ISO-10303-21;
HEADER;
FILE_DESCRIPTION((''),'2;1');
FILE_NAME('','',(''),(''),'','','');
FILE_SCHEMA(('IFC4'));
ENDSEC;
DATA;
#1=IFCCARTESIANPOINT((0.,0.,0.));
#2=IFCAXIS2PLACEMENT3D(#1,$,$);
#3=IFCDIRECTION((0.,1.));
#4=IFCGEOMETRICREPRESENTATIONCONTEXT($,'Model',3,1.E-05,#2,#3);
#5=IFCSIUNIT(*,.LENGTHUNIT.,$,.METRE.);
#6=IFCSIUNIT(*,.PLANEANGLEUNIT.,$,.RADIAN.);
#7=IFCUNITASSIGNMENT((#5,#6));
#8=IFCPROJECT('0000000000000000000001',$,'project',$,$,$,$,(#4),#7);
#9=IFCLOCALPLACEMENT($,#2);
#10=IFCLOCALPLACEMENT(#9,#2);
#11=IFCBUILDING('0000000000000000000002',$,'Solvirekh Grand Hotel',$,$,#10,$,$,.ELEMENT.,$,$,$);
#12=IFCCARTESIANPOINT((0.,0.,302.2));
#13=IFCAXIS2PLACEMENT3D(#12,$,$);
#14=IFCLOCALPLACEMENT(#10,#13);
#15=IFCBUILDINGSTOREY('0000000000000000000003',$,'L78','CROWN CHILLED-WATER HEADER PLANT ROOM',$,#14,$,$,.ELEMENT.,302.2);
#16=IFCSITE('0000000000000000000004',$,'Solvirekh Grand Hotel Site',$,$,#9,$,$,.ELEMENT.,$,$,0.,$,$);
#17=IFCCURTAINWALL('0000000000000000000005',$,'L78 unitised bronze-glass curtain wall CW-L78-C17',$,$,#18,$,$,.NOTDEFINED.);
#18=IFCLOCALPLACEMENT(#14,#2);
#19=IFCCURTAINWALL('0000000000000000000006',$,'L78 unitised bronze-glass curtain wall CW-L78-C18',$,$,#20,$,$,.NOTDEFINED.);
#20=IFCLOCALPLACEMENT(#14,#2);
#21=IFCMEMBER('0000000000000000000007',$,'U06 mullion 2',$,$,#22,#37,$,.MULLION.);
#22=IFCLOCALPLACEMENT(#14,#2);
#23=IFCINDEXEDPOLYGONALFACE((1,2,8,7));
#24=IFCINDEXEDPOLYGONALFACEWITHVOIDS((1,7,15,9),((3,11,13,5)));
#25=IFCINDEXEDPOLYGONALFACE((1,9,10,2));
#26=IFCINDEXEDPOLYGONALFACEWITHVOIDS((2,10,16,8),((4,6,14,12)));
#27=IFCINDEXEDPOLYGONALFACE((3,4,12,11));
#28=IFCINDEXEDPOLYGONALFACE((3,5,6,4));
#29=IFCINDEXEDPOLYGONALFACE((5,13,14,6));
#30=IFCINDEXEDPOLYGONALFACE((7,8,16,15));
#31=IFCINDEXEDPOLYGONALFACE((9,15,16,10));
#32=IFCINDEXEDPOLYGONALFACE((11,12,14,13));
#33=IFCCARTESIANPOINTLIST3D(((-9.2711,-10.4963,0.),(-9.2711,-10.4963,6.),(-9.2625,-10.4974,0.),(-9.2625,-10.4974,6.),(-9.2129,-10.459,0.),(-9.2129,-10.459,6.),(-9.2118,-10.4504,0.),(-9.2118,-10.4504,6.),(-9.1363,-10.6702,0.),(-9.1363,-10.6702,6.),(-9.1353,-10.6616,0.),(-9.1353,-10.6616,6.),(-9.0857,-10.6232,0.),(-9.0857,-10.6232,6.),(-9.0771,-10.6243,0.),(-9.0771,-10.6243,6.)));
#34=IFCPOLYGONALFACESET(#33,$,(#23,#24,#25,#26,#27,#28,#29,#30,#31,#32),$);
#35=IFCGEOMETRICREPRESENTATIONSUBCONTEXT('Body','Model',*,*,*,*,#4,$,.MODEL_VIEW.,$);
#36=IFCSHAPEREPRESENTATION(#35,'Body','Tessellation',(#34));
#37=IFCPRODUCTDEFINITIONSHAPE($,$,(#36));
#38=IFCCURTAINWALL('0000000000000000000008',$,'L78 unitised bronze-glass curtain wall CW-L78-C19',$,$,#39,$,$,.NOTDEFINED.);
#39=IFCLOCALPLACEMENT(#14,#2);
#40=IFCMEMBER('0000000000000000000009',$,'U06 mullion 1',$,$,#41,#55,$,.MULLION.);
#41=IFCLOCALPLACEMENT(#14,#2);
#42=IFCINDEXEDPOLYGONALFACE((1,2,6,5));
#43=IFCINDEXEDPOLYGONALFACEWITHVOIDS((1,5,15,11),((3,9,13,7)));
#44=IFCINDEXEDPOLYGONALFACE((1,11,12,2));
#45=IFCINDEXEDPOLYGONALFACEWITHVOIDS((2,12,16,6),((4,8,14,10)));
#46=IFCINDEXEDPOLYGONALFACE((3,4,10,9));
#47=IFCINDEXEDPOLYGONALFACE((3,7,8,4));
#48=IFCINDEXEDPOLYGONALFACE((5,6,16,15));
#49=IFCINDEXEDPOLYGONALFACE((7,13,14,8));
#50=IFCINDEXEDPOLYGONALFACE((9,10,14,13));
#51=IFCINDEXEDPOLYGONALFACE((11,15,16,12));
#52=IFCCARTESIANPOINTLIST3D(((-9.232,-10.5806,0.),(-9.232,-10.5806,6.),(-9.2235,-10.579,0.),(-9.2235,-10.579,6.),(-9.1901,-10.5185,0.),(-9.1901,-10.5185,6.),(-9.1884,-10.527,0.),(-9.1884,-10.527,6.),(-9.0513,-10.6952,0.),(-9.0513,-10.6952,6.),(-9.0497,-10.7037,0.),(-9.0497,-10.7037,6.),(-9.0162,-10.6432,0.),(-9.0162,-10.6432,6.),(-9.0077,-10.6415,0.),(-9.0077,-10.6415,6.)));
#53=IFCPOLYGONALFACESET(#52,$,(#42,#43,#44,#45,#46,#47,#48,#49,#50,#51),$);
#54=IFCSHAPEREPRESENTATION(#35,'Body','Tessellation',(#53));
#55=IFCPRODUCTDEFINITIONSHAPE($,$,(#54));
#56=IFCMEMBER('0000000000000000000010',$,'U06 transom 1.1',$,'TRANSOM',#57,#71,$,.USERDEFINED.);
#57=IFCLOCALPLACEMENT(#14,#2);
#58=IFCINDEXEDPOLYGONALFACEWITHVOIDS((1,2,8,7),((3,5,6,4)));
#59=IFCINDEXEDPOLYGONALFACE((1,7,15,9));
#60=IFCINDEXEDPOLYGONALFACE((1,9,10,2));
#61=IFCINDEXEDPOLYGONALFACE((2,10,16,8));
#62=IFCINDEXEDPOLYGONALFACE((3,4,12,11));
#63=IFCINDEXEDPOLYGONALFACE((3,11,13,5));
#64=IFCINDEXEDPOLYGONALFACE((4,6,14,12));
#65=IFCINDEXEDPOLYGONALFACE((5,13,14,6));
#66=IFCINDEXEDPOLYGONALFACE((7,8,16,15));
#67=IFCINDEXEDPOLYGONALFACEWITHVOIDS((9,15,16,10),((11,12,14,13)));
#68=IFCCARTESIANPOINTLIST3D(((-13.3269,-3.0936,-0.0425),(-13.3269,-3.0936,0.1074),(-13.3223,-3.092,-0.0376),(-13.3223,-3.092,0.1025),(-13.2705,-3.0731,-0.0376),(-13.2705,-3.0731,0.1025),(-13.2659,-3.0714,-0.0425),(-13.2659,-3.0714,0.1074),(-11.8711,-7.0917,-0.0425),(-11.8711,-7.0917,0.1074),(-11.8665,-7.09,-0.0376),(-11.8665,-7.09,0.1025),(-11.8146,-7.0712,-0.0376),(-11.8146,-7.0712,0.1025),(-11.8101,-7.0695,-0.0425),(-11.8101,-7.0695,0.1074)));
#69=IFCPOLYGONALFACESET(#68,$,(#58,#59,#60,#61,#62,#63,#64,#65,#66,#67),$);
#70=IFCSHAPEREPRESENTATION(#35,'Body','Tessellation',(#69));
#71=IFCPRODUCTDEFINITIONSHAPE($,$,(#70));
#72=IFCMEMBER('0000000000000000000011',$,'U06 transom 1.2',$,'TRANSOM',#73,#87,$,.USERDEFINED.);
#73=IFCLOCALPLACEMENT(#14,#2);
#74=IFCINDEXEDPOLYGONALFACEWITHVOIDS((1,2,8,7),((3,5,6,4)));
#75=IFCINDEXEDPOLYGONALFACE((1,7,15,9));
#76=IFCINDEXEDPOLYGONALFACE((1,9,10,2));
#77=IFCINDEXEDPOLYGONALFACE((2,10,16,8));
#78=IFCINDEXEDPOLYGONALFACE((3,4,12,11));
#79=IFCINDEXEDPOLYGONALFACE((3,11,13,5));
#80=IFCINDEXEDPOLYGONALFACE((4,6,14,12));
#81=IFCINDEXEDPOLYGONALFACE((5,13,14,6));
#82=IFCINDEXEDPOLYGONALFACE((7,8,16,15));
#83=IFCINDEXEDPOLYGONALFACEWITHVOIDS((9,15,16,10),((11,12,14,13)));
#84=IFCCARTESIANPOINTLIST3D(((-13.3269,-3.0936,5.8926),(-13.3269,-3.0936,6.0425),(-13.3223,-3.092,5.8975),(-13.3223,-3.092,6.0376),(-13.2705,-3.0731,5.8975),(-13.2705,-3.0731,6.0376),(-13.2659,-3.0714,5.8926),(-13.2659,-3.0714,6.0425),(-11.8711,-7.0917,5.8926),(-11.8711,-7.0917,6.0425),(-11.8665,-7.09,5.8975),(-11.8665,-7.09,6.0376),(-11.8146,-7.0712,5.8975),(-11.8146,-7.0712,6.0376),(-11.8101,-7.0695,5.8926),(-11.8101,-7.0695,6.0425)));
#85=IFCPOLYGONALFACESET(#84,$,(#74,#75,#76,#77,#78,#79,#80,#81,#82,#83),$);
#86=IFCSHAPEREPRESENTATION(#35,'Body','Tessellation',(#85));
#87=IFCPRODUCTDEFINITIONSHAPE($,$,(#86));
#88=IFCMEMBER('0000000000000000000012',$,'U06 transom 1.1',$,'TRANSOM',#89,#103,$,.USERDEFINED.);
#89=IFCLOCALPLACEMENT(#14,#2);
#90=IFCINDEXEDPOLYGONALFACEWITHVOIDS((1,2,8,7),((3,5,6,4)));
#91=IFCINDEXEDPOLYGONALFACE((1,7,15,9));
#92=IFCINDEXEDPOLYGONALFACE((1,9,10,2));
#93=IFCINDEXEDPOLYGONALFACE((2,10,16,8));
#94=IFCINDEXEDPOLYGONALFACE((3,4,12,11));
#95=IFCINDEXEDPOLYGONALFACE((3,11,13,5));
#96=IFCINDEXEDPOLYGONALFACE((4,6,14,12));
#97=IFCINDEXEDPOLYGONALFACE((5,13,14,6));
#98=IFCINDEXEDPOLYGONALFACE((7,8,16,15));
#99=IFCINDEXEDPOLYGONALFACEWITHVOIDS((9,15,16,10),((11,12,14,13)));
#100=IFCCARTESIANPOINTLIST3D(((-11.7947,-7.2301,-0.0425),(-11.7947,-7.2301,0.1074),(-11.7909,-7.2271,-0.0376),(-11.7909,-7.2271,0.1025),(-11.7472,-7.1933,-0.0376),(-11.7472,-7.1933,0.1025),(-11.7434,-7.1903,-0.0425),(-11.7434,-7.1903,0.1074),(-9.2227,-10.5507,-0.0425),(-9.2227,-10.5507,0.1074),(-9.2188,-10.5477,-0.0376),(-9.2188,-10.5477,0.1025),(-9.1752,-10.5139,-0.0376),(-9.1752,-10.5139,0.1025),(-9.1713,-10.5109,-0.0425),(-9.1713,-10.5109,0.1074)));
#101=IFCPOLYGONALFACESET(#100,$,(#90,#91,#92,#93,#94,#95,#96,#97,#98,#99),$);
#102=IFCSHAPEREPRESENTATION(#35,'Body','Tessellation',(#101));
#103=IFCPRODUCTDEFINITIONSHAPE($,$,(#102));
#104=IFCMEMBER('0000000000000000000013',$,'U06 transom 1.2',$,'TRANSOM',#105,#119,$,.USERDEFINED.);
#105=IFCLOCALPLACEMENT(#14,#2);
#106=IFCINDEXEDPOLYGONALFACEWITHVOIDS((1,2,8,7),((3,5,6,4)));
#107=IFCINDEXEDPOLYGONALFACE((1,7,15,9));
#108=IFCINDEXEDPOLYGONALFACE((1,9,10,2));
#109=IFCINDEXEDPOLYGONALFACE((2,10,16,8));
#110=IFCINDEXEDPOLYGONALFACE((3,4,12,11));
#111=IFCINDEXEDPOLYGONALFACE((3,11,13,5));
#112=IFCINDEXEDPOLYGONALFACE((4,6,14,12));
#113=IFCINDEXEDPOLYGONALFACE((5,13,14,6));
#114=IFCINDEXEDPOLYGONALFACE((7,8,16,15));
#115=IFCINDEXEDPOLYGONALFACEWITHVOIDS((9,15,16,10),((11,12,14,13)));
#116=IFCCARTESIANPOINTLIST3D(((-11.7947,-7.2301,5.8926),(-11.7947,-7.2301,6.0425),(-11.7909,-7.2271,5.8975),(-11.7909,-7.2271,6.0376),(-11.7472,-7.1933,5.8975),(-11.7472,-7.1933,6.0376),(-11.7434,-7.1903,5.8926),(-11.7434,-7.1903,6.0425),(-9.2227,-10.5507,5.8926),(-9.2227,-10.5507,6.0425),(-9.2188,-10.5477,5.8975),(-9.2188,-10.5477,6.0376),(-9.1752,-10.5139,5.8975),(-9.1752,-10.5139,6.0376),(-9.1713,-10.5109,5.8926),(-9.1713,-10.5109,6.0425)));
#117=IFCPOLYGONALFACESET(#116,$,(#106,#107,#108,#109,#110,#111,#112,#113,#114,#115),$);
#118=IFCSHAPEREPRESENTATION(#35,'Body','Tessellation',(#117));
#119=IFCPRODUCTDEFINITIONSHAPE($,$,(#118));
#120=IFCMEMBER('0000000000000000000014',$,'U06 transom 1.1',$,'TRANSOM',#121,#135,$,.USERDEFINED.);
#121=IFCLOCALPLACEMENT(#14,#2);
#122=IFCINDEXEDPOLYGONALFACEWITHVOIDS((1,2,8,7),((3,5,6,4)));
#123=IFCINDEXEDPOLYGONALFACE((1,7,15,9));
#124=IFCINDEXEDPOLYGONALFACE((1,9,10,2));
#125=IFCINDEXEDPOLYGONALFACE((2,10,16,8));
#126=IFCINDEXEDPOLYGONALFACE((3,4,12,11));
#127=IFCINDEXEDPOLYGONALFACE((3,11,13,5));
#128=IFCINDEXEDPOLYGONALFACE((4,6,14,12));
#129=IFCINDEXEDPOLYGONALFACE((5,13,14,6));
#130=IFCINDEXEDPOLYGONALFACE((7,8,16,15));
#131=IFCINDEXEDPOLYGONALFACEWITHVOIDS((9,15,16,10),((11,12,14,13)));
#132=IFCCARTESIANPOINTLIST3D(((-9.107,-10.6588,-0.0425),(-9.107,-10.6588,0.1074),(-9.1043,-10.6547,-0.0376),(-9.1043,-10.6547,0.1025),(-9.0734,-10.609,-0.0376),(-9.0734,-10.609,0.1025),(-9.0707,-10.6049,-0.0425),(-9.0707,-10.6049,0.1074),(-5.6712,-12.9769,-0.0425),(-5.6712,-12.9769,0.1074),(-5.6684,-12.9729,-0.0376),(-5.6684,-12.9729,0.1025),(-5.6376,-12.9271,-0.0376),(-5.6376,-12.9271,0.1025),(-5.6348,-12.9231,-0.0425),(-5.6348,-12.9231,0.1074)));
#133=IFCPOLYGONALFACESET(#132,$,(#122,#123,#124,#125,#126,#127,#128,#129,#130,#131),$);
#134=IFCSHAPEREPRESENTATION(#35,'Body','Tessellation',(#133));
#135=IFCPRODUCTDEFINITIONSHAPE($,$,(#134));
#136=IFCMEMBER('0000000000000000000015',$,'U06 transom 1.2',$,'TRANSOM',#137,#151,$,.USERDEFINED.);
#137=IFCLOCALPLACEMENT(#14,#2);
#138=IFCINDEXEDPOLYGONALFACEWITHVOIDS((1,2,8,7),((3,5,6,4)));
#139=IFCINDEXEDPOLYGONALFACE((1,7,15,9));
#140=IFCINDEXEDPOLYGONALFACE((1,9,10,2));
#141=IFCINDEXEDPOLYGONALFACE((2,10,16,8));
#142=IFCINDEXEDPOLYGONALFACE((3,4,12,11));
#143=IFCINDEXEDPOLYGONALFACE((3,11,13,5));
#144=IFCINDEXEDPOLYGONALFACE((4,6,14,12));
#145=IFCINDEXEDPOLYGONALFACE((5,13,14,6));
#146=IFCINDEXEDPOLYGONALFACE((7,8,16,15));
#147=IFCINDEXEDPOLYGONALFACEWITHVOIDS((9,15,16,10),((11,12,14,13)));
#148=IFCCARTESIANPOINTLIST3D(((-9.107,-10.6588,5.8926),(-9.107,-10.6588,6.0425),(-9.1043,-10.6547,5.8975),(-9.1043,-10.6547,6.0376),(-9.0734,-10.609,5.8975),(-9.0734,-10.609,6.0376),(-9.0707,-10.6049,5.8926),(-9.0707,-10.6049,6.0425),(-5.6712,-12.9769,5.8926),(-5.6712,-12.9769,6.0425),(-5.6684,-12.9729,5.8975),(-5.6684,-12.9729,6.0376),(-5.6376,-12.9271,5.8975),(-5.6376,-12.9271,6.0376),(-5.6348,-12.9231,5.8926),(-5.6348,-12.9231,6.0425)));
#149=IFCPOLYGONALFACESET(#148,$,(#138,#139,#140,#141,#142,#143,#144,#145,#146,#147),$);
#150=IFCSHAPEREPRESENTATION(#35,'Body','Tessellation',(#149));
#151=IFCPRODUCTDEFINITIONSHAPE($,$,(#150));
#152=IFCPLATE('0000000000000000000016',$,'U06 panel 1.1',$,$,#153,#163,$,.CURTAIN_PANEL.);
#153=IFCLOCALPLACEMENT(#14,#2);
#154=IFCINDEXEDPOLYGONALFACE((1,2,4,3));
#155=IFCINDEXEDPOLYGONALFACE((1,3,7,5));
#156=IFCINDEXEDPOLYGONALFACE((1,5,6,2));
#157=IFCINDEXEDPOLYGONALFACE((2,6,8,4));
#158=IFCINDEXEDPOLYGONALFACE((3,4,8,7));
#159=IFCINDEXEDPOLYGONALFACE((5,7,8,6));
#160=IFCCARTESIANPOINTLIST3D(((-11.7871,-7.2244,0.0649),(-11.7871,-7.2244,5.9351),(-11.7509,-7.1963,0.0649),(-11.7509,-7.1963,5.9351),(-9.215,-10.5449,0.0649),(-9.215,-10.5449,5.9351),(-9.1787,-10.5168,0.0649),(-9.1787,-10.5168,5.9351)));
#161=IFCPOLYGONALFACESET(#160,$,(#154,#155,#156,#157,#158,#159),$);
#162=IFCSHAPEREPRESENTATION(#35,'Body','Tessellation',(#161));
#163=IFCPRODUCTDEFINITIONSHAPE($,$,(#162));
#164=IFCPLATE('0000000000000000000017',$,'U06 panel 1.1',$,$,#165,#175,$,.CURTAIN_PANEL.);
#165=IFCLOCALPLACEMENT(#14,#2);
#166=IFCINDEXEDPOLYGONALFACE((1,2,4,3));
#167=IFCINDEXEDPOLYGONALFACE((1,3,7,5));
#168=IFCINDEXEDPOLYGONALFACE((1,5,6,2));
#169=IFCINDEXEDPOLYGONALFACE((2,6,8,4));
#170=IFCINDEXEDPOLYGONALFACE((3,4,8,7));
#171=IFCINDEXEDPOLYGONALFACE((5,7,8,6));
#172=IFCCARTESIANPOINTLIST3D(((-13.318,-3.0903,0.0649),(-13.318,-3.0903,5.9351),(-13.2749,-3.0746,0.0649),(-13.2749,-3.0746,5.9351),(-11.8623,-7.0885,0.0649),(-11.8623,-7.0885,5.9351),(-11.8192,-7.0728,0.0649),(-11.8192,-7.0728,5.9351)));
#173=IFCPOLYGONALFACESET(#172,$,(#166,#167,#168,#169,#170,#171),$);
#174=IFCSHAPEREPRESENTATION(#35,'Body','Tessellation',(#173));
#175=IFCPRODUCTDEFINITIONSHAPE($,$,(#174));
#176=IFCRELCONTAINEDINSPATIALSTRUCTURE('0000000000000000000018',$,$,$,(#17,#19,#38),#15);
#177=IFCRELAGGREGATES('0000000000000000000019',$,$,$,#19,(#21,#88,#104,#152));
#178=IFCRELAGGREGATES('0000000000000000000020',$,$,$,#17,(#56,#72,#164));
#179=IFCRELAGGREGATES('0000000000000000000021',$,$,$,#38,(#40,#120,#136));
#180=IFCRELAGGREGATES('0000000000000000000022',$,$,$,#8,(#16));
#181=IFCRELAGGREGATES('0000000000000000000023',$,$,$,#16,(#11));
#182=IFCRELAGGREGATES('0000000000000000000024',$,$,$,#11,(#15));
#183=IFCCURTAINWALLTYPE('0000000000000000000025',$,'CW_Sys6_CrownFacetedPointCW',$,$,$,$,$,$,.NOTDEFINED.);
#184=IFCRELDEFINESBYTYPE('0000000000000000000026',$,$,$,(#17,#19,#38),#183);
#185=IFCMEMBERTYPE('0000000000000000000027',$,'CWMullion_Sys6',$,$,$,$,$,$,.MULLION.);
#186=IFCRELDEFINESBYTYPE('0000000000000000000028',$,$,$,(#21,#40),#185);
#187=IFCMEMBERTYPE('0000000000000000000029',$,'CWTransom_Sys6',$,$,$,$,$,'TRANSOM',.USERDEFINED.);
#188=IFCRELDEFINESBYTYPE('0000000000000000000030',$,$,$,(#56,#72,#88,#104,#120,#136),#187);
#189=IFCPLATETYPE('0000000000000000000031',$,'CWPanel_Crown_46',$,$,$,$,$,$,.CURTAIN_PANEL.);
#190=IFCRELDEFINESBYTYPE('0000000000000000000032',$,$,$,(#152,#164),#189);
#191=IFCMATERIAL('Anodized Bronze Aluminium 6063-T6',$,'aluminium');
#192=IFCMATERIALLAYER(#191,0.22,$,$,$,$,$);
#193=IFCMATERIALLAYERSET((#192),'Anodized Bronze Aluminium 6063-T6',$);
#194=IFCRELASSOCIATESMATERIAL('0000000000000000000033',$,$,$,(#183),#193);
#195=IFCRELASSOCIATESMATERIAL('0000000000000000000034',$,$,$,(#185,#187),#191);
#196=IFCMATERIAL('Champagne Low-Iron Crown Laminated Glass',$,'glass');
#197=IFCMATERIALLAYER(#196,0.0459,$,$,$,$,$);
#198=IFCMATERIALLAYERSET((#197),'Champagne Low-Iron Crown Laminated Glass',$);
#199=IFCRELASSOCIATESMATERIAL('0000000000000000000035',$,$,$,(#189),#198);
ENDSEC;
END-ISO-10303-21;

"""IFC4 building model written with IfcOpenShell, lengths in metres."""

from ifc_helpers import new_model, si_unit, direction, frame, origin, origin_2d, place, context, subcontext, project, spatial, rectangle, hollow_rectangle, extrude, source, transform, mapped, material, layer, layer_set, material_profile, profile_set, type_object, element, aggregate, save


model = new_model("IFC4")

# Units and contexts
model_context = context("Model", 3, precision=1e-05, world=origin(), true_north=direction((0.0, 1.0)))
body_context = subcontext(model_context, "Body", "Model", "MODEL_VIEW")
ifc_project = project(units=[si_unit("LENGTHUNIT", "METRE"), si_unit("PLANEANGLEUNIT", "RADIAN")], contexts=[model_context])

# Site, building, storey
site_placement = place(None, origin())
site = spatial("IfcSite", under=ifc_project, at=site_placement, Name="Solvirekh Grand Hotel Site", CompositionType="ELEMENT", RefElevation=0.0)
building_placement = place(site_placement, origin())
building = spatial("IfcBuilding", under=site, at=building_placement, Name="Solvirekh Grand Hotel", CompositionType="ELEMENT")
storey_placement = place(building_placement, frame((0.0, 0.0, 302.2)))
storey = spatial("IfcBuildingStorey", under=building, at=storey_placement, Name="L78", Description="CROWN CHILLED-WATER HEADER PLANT ROOM", CompositionType="ELEMENT", Elevation=302.2)

# Shared definitions
ifc_material_1 = material(Name="Anodized Bronze Aluminium 6063-T6", Category="aluminium")
ifc_layer_1 = layer(ifc_material_1, 0.22)
ifc_layer_set_1 = layer_set([ifc_layer_1], Name="Anodized Bronze Aluminium 6063-T6")
curtain_wall_type = type_object("IfcCurtainWallType", Name="CW_Sys6_CrownFacetedPointCW", PredefinedType="NOTDEFINED", material=ifc_layer_set_1)
ifc_material_profile_1 = material_profile(ifc_material_1, hollow_rectangle(XDim=0.075, YDim=0.22, WallThickness=0.0061, at=origin_2d()), Name="ALU RHS 220X75X6")
ifc_profile_set_1 = profile_set([ifc_material_profile_1], Name="Anodized Bronze Aluminium 6063-T6")
member_type_1 = type_object("IfcMemberType", Name="CWMullion_Sys6", PredefinedType="MULLION", material=ifc_profile_set_1)
shared_shape_1 = source(origin(), body_context, "Body", "SweptSolid", [
    extrude(hollow_rectangle(XDim=0.075, YDim=0.22, WallThickness=0.0061, at=origin_2d()), origin(), (0.0, 0.0, 1.0), 6.0),
])

# Curtain walls, member
curtain_wall_1_placement = place(storey_placement, origin())
curtain_wall_1 = element("IfcCurtainWall", 1, at=curtain_wall_1_placement, inside=storey, type_object=curtain_wall_type, Name="L78 unitised bronze-glass curtain wall CW-L78-C17", PredefinedType="NOTDEFINED")
curtain_wall_2_placement = place(storey_placement, origin())
curtain_wall_2 = element("IfcCurtainWall", 2, at=curtain_wall_2_placement, inside=storey, type_object=curtain_wall_type, Name="L78 unitised bronze-glass curtain wall CW-L78-C18", PredefinedType="NOTDEFINED")
member_1_placement = place(storey_placement, frame((-9.1741, -10.5603, 0.0), z_axis=(0.0, 0.0, 1.0), x_axis=(0.790551, 0.612396, 0.0)))
member_1 = element("IfcMember", 3, at=member_1_placement, type_object=member_type_1, Name="U06 mullion 2", PredefinedType="MULLION", context=body_context, shape_type="MappedRepresentation", body=[
    mapped(shared_shape_1, transform((0.0, 0.0, 0.0), x_axis=(1.0, 0.0, 0.0), y_axis=(0.0, 1.0, 0.0), z_axis=(0.0, 0.0, 1.0), scale=1.0)),
])

# Curtain wall, member
curtain_wall_3_placement = place(storey_placement, origin())
curtain_wall_3 = element("IfcCurtainWall", 4, at=curtain_wall_3_placement, inside=storey, type_object=curtain_wall_type, Name="L78 unitised bronze-glass curtain wall CW-L78-C19", PredefinedType="NOTDEFINED")
member_2_placement = place(storey_placement, frame((-9.1199, -10.6111, 0.0), z_axis=(0.0, 0.0, 1.0), x_axis=(0.559313, 0.828957, 0.0)))
member_2 = element("IfcMember", 5, at=member_2_placement, type_object=member_type_1, Name="U06 mullion 1", PredefinedType="MULLION", context=body_context, shape_type="MappedRepresentation", body=[
    mapped(shared_shape_1, transform((0.0, 0.0, 0.0), x_axis=(1.0, 0.0, 0.0), y_axis=(0.0, 1.0, 0.0), z_axis=(0.0, 0.0, 1.0), scale=1.0)),
])

# Members
ifc_material_profile_2 = material_profile(ifc_material_1, hollow_rectangle(XDim=0.0649, YDim=0.1499, WallThickness=0.0049, at=origin_2d()), Name="ALU RHS 150X65X5")
ifc_profile_set_2 = profile_set([ifc_material_profile_2], Name="Anodized Bronze Aluminium 6063-T6")
member_type_2 = type_object("IfcMemberType", Name="CWTransom_Sys6", ElementType="TRANSOM", PredefinedType="USERDEFINED", material=ifc_profile_set_2)
shared_shape_2 = source(origin(), body_context, "Body", "SweptSolid", [
    extrude(hollow_rectangle(XDim=0.0649, YDim=0.1499, WallThickness=0.0049, at=origin_2d()), origin(), (0.0, 0.0, 1.0), 4.2549),
])
member_3_placement = place(storey_placement, frame((-13.2964, -3.0825, 0.0325), z_axis=(0.342153, -0.939644, 0.0), x_axis=(0.939644, 0.342153, 0.0)))
member_3 = element("IfcMember", 6, at=member_3_placement, type_object=member_type_2, Name="U06 transom 1.1", ObjectType="TRANSOM", PredefinedType="USERDEFINED", context=body_context, shape_type="MappedRepresentation", body=[
    mapped(shared_shape_2, transform((0.0, 0.0, 0.0), x_axis=(1.0, 0.0, 0.0), y_axis=(0.0, 1.0, 0.0), z_axis=(0.0, 0.0, 1.0), scale=1.0)),
])
member_4_placement = place(storey_placement, frame((-13.2964, -3.0825, 5.9675), z_axis=(0.342153, -0.939644, 0.0), x_axis=(0.939644, 0.342153, 0.0)))
member_4 = element("IfcMember", 7, at=member_4_placement, type_object=member_type_2, Name="U06 transom 1.2", ObjectType="TRANSOM", PredefinedType="USERDEFINED", context=body_context, shape_type="MappedRepresentation", body=[
    mapped(shared_shape_2, transform((0.0, 0.0, 0.0), x_axis=(1.0, 0.0, 0.0), y_axis=(0.0, 1.0, 0.0), z_axis=(0.0, 0.0, 1.0), scale=1.0)),
])
shared_shape_3 = source(origin(), body_context, "Body", "SweptSolid", [
    extrude(hollow_rectangle(XDim=0.0649, YDim=0.1499, WallThickness=0.0049, at=origin_2d()), origin(), (0.0, 0.0, 1.0), 4.2002),
])
member_5_placement = place(storey_placement, frame((-11.769, -7.2102, 0.0325), z_axis=(0.612362, -0.790578, 0.0), x_axis=(0.790578, 0.612362, 0.0)))
member_5 = element("IfcMember", 8, at=member_5_placement, type_object=member_type_2, Name="U06 transom 1.1", ObjectType="TRANSOM", PredefinedType="USERDEFINED", context=body_context, shape_type="MappedRepresentation", body=[
    mapped(shared_shape_3, transform((0.0, 0.0, 0.0), x_axis=(1.0, 0.0, 0.0), y_axis=(0.0, 1.0, 0.0), z_axis=(0.0, 0.0, 1.0), scale=1.0)),
])
member_6_placement = place(storey_placement, frame((-11.769, -7.2102, 5.9675), z_axis=(0.612362, -0.790578, 0.0), x_axis=(0.790578, 0.612362, 0.0)))
member_6 = element("IfcMember", 9, at=member_6_placement, type_object=member_type_2, Name="U06 transom 1.2", ObjectType="TRANSOM", PredefinedType="USERDEFINED", context=body_context, shape_type="MappedRepresentation", body=[
    mapped(shared_shape_3, transform((0.0, 0.0, 0.0), x_axis=(1.0, 0.0, 0.0), y_axis=(0.0, 1.0, 0.0), z_axis=(0.0, 0.0, 1.0), scale=1.0)),
])
shared_shape_4 = source(origin(), body_context, "Body", "SweptSolid", [
    extrude(hollow_rectangle(XDim=0.0649, YDim=0.1499, WallThickness=0.0049, at=origin_2d()), origin(), (0.0, 0.0, 1.0), 4.1448),
])
member_7_placement = place(storey_placement, frame((-9.0889, -10.6318, 0.0325), z_axis=(0.828965, -0.5593, 0.0), x_axis=(0.5593, 0.828965, 0.0)))
member_7 = element("IfcMember", 10, at=member_7_placement, type_object=member_type_2, Name="U06 transom 1.1", ObjectType="TRANSOM", PredefinedType="USERDEFINED", context=body_context, shape_type="MappedRepresentation", body=[
    mapped(shared_shape_4, transform((0.0, 0.0, 0.0), x_axis=(1.0, 0.0, 0.0), y_axis=(0.0, 1.0, 0.0), z_axis=(0.0, 0.0, 1.0), scale=1.0)),
])
member_8_placement = place(storey_placement, frame((-9.0889, -10.6318, 5.9675), z_axis=(0.828965, -0.5593, 0.0), x_axis=(0.5593, 0.828965, 0.0)))
member_8 = element("IfcMember", 11, at=member_8_placement, type_object=member_type_2, Name="U06 transom 1.2", ObjectType="TRANSOM", PredefinedType="USERDEFINED", context=body_context, shape_type="MappedRepresentation", body=[
    mapped(shared_shape_4, transform((0.0, 0.0, 0.0), x_axis=(1.0, 0.0, 0.0), y_axis=(0.0, 1.0, 0.0), z_axis=(0.0, 0.0, 1.0), scale=1.0)),
])

# Plates
ifc_material_2 = material(Name="Champagne Low-Iron Crown Laminated Glass", Category="glass")
ifc_layer_2 = layer(ifc_material_2, 0.0459)
ifc_layer_set_2 = layer_set([ifc_layer_2], Name="Champagne Low-Iron Crown Laminated Glass")
plate_type = type_object("IfcPlateType", Name="CWPanel_Crown_46", PredefinedType="CURTAIN_PANEL", material=ifc_layer_set_2)
shared_shape_5 = source(origin(), body_context, "Body", "SweptSolid", [
    extrude(rectangle(XDim=4.2002, YDim=0.0459, at=origin_2d()), origin(), (0.0, 0.0, 1.0), 5.8701),
])
plate_1_placement = place(storey_placement, frame((-10.4829, -8.8706, 0.0649), z_axis=(0.0, 0.0, 1.0), x_axis=(0.612396, -0.790551, 0.0)))
plate_1 = element("IfcPlate", 12, at=plate_1_placement, type_object=plate_type, Name="U06 panel 1.1", PredefinedType="CURTAIN_PANEL", context=body_context, shape_type="MappedRepresentation", body=[
    mapped(shared_shape_5, transform((0.0, 0.0, 0.0), x_axis=(1.0, 0.0, 0.0), y_axis=(0.0, 1.0, 0.0), z_axis=(0.0, 0.0, 1.0), scale=1.0)),
])
aggregate(curtain_wall_2, [member_1, member_5, member_6, plate_1])
shared_shape_6 = source(origin(), body_context, "Body", "SweptSolid", [
    extrude(rectangle(XDim=4.2549, YDim=0.0459, at=origin_2d()), origin(), (0.0, 0.0, 1.0), 5.8701),
])
plate_2_placement = place(storey_placement, frame((-12.5686, -5.0815, 0.0649), z_axis=(0.0, 0.0, 1.0), x_axis=(0.342126, -0.939654, 0.0)))
plate_2 = element("IfcPlate", 13, at=plate_2_placement, type_object=plate_type, Name="U06 panel 1.1", PredefinedType="CURTAIN_PANEL", context=body_context, shape_type="MappedRepresentation", body=[
    mapped(shared_shape_6, transform((0.0, 0.0, 0.0), x_axis=(1.0, 0.0, 0.0), y_axis=(0.0, 1.0, 0.0), z_axis=(0.0, 0.0, 1.0), scale=1.0)),
])
aggregate(curtain_wall_1, [member_3, member_4, plate_2])
aggregate(curtain_wall_3, [member_2, member_7, member_8])

save(model, "model.ifc")
